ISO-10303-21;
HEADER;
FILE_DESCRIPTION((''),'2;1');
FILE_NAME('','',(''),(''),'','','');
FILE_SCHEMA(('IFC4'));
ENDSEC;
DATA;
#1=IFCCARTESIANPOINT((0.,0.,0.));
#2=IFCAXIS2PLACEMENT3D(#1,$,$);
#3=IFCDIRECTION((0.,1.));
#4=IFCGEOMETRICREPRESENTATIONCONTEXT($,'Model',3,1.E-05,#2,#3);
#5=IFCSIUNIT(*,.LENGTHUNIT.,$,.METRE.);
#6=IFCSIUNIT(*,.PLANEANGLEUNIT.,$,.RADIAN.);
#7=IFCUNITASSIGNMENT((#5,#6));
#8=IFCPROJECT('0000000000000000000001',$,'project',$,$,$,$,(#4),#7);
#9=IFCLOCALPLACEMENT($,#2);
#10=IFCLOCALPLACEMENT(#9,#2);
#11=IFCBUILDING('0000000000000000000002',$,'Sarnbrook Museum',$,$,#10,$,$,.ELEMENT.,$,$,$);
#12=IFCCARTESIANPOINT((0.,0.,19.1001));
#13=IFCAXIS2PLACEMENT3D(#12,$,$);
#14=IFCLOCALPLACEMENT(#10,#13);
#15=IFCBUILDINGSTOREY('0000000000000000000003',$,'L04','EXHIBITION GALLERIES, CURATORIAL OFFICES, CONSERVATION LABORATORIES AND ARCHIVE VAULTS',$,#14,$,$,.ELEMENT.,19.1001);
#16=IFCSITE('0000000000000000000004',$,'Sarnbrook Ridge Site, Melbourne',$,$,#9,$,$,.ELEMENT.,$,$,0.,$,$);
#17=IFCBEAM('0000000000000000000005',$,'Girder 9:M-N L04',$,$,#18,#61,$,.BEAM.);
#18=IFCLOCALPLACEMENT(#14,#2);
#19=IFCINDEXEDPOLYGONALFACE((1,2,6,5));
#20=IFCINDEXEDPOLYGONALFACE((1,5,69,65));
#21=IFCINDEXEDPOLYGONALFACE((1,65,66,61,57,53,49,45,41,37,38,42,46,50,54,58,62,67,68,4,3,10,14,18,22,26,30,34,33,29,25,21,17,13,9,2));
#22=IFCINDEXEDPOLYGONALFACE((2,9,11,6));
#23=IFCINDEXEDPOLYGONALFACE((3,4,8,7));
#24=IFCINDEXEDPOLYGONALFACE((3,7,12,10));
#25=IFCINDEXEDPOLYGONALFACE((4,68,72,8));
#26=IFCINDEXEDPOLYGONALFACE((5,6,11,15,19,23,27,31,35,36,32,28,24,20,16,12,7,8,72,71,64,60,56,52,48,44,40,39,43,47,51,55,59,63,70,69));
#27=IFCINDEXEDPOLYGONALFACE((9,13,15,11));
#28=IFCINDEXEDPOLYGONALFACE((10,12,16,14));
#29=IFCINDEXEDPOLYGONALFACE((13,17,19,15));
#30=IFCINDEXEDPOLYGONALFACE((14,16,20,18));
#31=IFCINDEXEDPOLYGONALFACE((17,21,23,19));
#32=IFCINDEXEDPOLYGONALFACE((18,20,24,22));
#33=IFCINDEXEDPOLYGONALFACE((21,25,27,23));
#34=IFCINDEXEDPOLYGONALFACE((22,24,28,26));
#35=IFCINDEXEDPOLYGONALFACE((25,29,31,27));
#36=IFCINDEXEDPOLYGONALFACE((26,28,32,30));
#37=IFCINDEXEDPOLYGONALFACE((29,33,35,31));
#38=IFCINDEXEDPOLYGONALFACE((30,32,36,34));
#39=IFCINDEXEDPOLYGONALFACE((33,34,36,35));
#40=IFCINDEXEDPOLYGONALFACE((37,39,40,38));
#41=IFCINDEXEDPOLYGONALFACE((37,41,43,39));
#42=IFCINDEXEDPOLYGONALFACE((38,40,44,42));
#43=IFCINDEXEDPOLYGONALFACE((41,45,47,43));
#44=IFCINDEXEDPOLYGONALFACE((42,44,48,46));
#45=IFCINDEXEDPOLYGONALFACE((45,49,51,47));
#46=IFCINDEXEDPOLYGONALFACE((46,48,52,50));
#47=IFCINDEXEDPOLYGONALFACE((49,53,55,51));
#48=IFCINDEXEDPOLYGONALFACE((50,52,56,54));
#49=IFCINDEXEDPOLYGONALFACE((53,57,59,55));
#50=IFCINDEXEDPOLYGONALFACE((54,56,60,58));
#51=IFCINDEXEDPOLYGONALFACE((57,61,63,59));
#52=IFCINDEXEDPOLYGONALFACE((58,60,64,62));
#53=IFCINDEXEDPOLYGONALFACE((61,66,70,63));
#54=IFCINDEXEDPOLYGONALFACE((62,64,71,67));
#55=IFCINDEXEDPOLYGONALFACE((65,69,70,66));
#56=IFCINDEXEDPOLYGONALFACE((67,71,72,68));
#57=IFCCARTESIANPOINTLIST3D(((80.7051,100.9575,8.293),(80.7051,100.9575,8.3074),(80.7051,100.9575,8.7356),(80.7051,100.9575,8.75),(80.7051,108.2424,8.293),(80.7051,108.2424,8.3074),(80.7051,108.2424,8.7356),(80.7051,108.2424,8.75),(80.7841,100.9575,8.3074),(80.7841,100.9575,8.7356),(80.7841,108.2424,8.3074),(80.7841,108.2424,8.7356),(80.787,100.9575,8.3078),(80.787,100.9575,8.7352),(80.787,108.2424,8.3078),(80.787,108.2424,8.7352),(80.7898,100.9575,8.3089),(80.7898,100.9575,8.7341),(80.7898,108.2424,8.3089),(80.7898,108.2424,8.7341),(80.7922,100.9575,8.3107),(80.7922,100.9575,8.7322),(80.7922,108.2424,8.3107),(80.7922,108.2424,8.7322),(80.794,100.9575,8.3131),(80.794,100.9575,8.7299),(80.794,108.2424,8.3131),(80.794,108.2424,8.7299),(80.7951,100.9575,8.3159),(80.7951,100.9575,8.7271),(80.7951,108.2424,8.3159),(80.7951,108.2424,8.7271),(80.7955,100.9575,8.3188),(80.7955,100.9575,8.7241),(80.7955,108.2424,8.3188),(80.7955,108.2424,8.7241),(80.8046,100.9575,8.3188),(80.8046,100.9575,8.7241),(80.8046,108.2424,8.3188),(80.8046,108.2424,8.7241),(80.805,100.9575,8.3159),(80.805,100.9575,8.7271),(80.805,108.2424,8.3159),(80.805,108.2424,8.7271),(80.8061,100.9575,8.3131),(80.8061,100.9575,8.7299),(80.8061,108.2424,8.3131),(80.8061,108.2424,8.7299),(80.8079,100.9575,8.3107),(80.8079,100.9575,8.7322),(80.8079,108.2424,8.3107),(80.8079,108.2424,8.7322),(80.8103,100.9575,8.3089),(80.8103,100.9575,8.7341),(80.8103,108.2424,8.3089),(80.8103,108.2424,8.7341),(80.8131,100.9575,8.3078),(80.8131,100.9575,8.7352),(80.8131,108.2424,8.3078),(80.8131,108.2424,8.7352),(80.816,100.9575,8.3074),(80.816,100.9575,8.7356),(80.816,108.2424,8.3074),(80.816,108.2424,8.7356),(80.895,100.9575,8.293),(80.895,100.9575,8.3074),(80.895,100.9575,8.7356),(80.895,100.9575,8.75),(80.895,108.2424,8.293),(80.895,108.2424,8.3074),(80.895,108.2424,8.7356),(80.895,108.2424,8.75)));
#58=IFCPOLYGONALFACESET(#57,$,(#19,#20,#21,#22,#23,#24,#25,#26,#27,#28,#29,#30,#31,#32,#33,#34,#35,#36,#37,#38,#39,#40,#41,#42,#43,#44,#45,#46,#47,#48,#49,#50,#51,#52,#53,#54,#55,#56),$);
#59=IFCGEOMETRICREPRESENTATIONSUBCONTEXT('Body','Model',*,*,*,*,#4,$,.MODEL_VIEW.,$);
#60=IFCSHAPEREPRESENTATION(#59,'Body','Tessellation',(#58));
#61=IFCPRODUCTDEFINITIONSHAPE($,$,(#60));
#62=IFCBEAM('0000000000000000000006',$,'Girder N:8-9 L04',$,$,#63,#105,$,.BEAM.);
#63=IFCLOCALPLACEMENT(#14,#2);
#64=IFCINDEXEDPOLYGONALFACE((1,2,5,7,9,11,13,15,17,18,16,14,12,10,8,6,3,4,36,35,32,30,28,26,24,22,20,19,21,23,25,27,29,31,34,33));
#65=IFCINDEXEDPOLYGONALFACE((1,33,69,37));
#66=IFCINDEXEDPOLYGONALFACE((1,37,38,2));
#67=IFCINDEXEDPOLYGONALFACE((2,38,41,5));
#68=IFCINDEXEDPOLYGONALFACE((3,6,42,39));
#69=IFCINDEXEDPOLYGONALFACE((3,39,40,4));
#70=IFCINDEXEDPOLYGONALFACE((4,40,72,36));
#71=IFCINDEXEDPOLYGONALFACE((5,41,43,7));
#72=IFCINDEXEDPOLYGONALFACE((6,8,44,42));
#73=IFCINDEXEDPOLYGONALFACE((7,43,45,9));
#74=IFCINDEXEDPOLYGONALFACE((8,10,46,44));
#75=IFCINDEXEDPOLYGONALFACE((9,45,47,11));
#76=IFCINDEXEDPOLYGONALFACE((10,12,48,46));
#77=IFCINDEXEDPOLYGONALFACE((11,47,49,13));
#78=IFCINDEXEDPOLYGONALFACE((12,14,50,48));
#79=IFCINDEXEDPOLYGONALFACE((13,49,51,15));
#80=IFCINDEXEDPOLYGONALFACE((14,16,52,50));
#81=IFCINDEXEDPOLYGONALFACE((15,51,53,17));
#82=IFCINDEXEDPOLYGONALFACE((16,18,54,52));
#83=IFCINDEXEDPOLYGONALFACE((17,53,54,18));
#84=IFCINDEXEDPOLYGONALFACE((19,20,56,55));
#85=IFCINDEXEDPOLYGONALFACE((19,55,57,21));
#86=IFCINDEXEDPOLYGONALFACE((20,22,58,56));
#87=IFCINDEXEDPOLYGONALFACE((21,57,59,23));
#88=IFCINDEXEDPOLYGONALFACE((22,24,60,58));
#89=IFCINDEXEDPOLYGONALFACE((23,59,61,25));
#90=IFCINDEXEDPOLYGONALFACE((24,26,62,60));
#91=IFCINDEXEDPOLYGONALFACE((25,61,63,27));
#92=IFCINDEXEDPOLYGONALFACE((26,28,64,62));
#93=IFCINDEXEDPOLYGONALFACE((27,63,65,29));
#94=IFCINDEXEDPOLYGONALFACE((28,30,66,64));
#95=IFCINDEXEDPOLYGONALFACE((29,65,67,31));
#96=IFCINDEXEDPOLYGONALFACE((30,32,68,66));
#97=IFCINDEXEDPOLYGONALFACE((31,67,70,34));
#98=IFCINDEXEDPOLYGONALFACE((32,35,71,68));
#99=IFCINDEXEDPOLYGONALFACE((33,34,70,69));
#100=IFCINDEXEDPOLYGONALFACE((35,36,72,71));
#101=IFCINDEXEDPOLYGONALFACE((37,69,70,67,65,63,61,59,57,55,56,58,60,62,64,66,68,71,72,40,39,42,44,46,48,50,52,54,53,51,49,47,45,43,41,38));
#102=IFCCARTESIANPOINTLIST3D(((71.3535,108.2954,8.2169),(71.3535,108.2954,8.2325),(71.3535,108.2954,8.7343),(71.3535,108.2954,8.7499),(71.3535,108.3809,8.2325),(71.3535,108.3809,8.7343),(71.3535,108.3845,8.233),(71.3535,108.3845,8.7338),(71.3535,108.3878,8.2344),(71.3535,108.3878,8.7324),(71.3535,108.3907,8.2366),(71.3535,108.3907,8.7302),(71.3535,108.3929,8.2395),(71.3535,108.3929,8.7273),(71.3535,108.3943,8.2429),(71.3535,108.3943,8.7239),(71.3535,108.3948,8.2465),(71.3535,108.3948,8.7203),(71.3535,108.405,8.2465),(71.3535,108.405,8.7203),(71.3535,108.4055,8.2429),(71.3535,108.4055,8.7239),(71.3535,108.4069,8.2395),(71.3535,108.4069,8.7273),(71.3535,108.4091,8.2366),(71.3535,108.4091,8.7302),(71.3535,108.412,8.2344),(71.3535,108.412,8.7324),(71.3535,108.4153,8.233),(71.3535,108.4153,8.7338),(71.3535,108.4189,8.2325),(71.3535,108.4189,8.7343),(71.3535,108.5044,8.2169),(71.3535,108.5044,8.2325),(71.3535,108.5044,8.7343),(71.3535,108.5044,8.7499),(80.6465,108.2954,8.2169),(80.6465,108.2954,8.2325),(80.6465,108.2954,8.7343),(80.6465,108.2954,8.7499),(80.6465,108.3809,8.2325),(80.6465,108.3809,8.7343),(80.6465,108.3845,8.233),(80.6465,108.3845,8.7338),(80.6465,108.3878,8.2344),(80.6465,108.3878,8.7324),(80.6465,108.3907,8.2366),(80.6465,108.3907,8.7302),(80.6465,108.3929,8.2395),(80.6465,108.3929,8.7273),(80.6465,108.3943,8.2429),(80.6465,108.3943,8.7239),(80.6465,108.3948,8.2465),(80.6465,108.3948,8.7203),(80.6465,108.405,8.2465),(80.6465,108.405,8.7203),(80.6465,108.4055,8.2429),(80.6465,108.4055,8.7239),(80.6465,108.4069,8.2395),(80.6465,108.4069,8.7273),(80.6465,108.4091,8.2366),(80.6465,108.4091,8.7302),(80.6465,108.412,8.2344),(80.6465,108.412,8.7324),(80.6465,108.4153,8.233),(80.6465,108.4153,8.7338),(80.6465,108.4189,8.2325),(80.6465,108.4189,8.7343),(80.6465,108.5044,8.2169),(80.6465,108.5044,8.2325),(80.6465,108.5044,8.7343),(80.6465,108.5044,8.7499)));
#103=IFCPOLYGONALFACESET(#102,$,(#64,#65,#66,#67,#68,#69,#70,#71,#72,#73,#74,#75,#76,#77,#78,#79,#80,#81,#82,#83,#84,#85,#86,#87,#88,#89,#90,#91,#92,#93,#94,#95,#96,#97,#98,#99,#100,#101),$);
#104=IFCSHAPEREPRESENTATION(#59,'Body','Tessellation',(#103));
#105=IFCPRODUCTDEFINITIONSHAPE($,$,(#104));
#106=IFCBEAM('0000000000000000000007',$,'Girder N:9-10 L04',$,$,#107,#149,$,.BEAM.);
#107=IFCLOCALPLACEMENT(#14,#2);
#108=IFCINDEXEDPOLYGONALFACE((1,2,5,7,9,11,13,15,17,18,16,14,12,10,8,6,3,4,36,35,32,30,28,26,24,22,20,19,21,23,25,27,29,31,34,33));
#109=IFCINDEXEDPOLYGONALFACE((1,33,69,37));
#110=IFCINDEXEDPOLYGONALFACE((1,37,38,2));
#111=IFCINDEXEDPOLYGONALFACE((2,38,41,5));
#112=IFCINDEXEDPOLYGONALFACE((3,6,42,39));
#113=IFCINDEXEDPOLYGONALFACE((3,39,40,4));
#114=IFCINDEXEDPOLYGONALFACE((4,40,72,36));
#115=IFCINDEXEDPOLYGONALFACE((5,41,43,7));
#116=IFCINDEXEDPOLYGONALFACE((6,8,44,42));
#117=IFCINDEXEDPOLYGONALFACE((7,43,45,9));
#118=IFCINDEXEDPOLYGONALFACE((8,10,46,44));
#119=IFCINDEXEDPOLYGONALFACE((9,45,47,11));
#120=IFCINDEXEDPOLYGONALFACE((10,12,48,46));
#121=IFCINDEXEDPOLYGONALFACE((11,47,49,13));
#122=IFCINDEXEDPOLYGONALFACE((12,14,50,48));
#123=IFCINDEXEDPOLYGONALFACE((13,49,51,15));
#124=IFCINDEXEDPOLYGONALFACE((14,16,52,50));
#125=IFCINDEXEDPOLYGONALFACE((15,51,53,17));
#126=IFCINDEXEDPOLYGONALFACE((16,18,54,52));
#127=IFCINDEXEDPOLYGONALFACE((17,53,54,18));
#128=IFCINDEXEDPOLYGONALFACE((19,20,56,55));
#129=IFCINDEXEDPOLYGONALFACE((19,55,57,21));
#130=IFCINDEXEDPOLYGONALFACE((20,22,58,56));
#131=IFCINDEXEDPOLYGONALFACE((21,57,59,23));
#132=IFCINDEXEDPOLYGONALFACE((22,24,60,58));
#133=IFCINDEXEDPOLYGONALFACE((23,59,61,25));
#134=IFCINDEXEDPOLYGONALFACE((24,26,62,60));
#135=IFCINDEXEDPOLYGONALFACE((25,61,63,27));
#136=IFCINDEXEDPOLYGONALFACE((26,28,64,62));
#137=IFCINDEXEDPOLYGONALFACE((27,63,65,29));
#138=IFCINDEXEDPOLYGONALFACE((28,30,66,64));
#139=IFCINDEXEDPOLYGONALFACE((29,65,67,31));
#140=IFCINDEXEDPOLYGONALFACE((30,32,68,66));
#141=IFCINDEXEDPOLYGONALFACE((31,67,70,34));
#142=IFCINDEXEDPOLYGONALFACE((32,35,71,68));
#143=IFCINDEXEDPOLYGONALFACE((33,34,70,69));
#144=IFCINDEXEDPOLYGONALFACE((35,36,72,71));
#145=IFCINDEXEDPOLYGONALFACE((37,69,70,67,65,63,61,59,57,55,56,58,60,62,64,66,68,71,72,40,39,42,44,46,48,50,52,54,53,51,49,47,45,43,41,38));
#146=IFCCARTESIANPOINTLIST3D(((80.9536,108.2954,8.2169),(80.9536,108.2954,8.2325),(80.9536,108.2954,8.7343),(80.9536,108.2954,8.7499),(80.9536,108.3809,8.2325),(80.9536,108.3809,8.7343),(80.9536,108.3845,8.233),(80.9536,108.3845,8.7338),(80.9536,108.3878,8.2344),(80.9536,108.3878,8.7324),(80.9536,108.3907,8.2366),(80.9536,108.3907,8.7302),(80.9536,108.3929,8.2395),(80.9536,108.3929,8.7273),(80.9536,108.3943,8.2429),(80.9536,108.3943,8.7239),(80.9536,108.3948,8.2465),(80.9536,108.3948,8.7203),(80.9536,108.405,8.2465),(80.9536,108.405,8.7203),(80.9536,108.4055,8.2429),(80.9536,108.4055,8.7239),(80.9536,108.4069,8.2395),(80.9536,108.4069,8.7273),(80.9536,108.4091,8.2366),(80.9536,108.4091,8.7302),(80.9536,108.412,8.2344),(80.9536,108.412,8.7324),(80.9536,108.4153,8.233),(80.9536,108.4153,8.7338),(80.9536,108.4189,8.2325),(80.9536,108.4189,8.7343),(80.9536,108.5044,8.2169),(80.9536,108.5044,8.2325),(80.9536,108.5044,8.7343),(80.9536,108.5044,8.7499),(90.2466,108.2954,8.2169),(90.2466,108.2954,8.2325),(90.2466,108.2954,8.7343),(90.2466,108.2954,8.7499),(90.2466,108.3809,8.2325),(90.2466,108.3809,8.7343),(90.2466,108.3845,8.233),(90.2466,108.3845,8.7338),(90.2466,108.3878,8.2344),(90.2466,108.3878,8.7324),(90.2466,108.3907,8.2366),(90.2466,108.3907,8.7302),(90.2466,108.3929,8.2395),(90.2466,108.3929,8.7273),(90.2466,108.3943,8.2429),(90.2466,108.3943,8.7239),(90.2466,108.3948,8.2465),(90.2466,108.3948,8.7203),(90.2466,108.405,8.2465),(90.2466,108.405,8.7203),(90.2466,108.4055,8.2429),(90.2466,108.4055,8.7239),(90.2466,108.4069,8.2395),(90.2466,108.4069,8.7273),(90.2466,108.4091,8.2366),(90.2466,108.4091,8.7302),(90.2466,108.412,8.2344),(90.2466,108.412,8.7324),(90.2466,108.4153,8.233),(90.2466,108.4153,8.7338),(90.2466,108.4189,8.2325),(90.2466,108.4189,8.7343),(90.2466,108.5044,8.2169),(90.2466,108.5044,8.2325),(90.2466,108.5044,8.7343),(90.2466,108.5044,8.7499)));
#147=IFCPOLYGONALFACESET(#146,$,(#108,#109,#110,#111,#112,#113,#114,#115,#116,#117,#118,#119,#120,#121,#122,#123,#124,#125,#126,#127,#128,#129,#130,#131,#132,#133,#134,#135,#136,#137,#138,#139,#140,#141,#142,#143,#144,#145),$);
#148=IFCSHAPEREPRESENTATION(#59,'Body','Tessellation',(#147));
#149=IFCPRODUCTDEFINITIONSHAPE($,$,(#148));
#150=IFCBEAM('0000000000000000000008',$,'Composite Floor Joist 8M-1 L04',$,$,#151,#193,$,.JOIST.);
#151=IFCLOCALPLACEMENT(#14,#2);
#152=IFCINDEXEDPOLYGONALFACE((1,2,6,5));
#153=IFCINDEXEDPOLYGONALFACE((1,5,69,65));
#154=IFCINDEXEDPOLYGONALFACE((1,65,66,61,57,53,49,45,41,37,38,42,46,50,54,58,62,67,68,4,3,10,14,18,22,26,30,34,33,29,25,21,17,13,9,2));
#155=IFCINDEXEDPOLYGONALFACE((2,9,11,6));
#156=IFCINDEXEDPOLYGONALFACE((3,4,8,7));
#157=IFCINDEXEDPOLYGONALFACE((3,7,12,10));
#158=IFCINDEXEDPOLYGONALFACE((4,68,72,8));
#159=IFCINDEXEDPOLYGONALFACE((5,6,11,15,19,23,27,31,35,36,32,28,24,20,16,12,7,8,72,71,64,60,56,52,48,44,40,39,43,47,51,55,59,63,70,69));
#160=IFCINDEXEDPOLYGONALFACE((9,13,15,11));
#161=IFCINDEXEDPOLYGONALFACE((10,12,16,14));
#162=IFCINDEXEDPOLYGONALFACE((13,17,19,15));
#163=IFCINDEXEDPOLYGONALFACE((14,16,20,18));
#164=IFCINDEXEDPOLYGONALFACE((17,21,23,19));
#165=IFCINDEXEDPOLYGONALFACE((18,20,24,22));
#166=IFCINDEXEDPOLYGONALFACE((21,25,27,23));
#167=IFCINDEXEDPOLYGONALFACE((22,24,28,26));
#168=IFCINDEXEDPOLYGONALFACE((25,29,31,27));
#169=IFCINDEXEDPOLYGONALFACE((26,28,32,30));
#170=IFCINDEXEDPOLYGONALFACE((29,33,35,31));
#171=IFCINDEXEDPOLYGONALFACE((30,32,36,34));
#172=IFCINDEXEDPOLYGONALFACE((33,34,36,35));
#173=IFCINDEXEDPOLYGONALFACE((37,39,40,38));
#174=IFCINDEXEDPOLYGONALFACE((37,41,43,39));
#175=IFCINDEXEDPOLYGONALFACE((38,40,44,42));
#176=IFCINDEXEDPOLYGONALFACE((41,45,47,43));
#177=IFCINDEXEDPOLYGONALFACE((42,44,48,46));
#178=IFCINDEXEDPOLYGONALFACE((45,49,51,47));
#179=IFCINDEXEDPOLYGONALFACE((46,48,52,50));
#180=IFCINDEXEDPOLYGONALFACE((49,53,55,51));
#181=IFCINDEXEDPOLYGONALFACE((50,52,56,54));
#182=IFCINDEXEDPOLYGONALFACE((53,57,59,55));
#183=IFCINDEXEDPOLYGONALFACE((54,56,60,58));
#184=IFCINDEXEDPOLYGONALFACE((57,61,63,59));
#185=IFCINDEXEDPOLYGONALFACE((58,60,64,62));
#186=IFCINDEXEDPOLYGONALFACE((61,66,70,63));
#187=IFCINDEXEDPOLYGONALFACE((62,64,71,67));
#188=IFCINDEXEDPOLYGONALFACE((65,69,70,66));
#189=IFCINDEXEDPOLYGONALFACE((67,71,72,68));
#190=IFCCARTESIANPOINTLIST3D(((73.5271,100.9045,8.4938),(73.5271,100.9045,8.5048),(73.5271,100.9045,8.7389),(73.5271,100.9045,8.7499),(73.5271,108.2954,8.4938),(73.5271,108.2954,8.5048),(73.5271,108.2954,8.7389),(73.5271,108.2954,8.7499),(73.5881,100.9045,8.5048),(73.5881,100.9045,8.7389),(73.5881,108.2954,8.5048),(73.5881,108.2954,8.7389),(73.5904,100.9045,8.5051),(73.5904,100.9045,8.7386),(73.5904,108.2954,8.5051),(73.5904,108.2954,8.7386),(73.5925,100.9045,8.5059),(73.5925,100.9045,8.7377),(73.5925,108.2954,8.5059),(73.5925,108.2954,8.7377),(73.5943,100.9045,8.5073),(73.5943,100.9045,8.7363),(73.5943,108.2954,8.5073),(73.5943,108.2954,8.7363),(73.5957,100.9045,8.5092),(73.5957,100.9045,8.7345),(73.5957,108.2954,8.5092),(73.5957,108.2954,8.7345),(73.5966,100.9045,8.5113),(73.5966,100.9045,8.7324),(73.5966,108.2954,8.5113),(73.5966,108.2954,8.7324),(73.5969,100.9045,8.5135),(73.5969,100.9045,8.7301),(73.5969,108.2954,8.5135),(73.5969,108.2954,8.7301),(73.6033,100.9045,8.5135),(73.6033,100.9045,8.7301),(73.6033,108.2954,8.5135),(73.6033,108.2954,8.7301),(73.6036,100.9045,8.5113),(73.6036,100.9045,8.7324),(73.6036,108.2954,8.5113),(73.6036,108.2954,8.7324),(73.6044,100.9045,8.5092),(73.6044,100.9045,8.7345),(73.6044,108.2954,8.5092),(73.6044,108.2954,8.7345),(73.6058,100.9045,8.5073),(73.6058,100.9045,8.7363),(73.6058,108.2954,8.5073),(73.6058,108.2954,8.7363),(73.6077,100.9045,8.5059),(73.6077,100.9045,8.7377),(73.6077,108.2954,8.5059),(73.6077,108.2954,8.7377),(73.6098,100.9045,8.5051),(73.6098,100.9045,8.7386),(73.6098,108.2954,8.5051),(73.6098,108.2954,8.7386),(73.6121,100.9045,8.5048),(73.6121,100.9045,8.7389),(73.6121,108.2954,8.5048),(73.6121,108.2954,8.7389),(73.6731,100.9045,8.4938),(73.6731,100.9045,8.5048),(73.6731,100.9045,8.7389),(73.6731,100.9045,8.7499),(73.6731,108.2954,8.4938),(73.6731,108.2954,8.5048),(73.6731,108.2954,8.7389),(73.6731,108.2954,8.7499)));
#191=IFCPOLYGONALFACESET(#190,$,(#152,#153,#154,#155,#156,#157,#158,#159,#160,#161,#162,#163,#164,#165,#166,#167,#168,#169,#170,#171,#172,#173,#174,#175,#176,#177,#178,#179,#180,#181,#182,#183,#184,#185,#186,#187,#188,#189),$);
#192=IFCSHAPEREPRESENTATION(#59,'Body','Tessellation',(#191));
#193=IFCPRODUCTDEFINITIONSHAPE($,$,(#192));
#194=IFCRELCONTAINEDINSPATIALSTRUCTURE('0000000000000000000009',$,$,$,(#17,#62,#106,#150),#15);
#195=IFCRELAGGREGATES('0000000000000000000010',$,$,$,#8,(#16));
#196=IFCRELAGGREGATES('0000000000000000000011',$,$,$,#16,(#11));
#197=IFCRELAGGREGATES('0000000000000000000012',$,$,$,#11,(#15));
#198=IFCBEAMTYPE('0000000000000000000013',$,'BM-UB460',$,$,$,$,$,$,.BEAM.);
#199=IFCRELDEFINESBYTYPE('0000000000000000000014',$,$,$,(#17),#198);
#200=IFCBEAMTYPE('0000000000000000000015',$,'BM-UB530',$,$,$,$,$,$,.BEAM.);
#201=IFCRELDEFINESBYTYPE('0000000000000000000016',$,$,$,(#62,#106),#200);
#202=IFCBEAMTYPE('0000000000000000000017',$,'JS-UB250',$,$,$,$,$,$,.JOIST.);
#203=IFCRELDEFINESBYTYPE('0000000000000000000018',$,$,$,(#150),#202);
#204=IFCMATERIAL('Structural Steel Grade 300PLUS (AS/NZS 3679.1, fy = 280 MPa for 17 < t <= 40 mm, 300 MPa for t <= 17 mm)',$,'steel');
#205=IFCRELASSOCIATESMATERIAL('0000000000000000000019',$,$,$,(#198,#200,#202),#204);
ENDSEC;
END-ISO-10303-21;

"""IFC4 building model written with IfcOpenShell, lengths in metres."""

from ifc_helpers import new_model, si_unit, direction, frame, origin, origin_2d, place, context, subcontext, project, spatial, i_section, extrude, material, material_profile, profile_set, type_object, element, save


model = new_model("IFC4")

# Units and contexts
model_context = context("Model", 3, precision=1e-05, world=origin(), true_north=direction((0.0, 1.0)))
body_context = subcontext(model_context, "Body", "Model", "MODEL_VIEW")
ifc_project = project(units=[si_unit("LENGTHUNIT", "METRE"), si_unit("PLANEANGLEUNIT", "RADIAN")], contexts=[model_context])

# Site, building, storey
site_placement = place(None, origin())
site = spatial("IfcSite", under=ifc_project, at=site_placement, Name="Sarnbrook Ridge Site, Melbourne", CompositionType="ELEMENT", RefElevation=0.0)
building_placement = place(site_placement, origin())
building = spatial("IfcBuilding", under=site, at=building_placement, Name="Sarnbrook Museum", CompositionType="ELEMENT")
storey_placement = place(building_placement, frame((0.0, 0.0, 19.1001)))
storey = spatial("IfcBuildingStorey", under=building, at=storey_placement, Name="L04", Description="EXHIBITION GALLERIES, CURATORIAL OFFICES, CONSERVATION LABORATORIES AND ARCHIVE VAULTS", CompositionType="ELEMENT", Elevation=19.1001)

# Shared definitions
ifc_material_1 = material(Name="Structural Steel Grade 300PLUS (AS/NZS 3679.1, fy = 280 MPa for 17 < t <= 40 mm, 300 MPa for t <= 17 mm)", Category="steel")

# Beams
ifc_material_profile_1 = material_profile(ifc_material_1, i_section(OverallWidth=0.1899, OverallDepth=0.457, WebThickness=0.009, FlangeThickness=0.0144, FilletRadius=0.0115, at=origin_2d()), Name="460UB74.6")
ifc_profile_set_1 = profile_set([ifc_material_profile_1], Name="Structural Steel Grade 300PLUS (AS/NZS 3679.1, fy = 280 MPa for 17 < t <= 40 mm, 300 MPa for t <= 17 mm)")
beam_type_1 = type_object("IfcBeamType", Name="BM-UB460", PredefinedType="BEAM", material=ifc_profile_set_1)
for number, where, z_axis, x_axis, name in (
    (1, (80.8, 100.9575, 8.5215), (0.0, 1.0, 0.0), (-1.0, 0.0, 0.0), "Girder 9:M-N L04"),
):
    element("IfcBeam", number, at=place(storey_placement, frame(where, z_axis=z_axis, x_axis=x_axis)), inside=storey, type_object=beam_type_1, Name=name, PredefinedType="BEAM", context=body_context, shape_type="SweptSolid", body=[
        extrude(i_section(OverallWidth=0.1899, OverallDepth=0.457, WebThickness=0.009, FlangeThickness=0.0144, FilletRadius=0.0115, at=origin_2d()), origin(), (0.0, 0.0, 1.0), 7.2849),
    ])
ifc_material_profile_2 = material_profile(ifc_material_1, i_section(OverallWidth=0.209, OverallDepth=0.533, WebThickness=0.0103, FlangeThickness=0.0156, FilletRadius=0.0139, at=origin_2d()), Name="530UB92.4")
ifc_profile_set_2 = profile_set([ifc_material_profile_2], Name="Structural Steel Grade 300PLUS (AS/NZS 3679.1, fy = 280 MPa for 17 < t <= 40 mm, 300 MPa for t <= 17 mm)")
beam_type_2 = type_object("IfcBeamType", Name="BM-UB530", PredefinedType="BEAM", material=ifc_profile_set_2)
for number, where, z_axis, x_axis, name in (
    (2, (71.3535, 108.3999, 8.4834), (1.0, 0.0, 0.0), (0.0, 1.0, 0.0), "Girder N:8-9 L04"),
    (3, (80.9536, 108.3999, 8.4834), (1.0, 0.0, 0.0), (0.0, 1.0, 0.0), "Girder N:9-10 L04"),
):
    element("IfcBeam", number, at=place(storey_placement, frame(where, z_axis=z_axis, x_axis=x_axis)), inside=storey, type_object=beam_type_2, Name=name, PredefinedType="BEAM", context=body_context, shape_type="SweptSolid", body=[
        extrude(i_section(OverallWidth=0.209, OverallDepth=0.533, WebThickness=0.0103, FlangeThickness=0.0156, FilletRadius=0.0139, at=origin_2d()), origin(), (0.0, 0.0, 1.0), 9.293),
    ])
ifc_material_profile_3 = material_profile(ifc_material_1, i_section(OverallWidth=0.146, OverallDepth=0.2561, WebThickness=0.0063, FlangeThickness=0.011, FilletRadius=0.0088, at=origin_2d()), Name="250UB37.3")
ifc_profile_set_3 = profile_set([ifc_material_profile_3], Name="Structural Steel Grade 300PLUS (AS/NZS 3679.1, fy = 280 MPa for 17 < t <= 40 mm, 300 MPa for t <= 17 mm)")
beam_type_3 = type_object("IfcBeamType", Name="JS-UB250", PredefinedType="JOIST", material=ifc_profile_set_3)
for number, where, z_axis, x_axis, name in (
    (4, (73.6001, 100.9045, 8.6218), (0.0, 1.0, 0.0), (-1.0, 0.0, 0.0), "Composite Floor Joist 8M-1 L04"),
):
    element("IfcBeam", number, at=place(storey_placement, frame(where, z_axis=z_axis, x_axis=x_axis)), inside=storey, type_object=beam_type_3, Name=name, PredefinedType="JOIST", context=body_context, shape_type="SweptSolid", body=[
        extrude(i_section(OverallWidth=0.146, OverallDepth=0.2561, WebThickness=0.0063, FlangeThickness=0.011, FilletRadius=0.0088, at=origin_2d()), origin(), (0.0, 0.0, 1.0), 7.3909),
    ])

save(model, "model.ifc")
